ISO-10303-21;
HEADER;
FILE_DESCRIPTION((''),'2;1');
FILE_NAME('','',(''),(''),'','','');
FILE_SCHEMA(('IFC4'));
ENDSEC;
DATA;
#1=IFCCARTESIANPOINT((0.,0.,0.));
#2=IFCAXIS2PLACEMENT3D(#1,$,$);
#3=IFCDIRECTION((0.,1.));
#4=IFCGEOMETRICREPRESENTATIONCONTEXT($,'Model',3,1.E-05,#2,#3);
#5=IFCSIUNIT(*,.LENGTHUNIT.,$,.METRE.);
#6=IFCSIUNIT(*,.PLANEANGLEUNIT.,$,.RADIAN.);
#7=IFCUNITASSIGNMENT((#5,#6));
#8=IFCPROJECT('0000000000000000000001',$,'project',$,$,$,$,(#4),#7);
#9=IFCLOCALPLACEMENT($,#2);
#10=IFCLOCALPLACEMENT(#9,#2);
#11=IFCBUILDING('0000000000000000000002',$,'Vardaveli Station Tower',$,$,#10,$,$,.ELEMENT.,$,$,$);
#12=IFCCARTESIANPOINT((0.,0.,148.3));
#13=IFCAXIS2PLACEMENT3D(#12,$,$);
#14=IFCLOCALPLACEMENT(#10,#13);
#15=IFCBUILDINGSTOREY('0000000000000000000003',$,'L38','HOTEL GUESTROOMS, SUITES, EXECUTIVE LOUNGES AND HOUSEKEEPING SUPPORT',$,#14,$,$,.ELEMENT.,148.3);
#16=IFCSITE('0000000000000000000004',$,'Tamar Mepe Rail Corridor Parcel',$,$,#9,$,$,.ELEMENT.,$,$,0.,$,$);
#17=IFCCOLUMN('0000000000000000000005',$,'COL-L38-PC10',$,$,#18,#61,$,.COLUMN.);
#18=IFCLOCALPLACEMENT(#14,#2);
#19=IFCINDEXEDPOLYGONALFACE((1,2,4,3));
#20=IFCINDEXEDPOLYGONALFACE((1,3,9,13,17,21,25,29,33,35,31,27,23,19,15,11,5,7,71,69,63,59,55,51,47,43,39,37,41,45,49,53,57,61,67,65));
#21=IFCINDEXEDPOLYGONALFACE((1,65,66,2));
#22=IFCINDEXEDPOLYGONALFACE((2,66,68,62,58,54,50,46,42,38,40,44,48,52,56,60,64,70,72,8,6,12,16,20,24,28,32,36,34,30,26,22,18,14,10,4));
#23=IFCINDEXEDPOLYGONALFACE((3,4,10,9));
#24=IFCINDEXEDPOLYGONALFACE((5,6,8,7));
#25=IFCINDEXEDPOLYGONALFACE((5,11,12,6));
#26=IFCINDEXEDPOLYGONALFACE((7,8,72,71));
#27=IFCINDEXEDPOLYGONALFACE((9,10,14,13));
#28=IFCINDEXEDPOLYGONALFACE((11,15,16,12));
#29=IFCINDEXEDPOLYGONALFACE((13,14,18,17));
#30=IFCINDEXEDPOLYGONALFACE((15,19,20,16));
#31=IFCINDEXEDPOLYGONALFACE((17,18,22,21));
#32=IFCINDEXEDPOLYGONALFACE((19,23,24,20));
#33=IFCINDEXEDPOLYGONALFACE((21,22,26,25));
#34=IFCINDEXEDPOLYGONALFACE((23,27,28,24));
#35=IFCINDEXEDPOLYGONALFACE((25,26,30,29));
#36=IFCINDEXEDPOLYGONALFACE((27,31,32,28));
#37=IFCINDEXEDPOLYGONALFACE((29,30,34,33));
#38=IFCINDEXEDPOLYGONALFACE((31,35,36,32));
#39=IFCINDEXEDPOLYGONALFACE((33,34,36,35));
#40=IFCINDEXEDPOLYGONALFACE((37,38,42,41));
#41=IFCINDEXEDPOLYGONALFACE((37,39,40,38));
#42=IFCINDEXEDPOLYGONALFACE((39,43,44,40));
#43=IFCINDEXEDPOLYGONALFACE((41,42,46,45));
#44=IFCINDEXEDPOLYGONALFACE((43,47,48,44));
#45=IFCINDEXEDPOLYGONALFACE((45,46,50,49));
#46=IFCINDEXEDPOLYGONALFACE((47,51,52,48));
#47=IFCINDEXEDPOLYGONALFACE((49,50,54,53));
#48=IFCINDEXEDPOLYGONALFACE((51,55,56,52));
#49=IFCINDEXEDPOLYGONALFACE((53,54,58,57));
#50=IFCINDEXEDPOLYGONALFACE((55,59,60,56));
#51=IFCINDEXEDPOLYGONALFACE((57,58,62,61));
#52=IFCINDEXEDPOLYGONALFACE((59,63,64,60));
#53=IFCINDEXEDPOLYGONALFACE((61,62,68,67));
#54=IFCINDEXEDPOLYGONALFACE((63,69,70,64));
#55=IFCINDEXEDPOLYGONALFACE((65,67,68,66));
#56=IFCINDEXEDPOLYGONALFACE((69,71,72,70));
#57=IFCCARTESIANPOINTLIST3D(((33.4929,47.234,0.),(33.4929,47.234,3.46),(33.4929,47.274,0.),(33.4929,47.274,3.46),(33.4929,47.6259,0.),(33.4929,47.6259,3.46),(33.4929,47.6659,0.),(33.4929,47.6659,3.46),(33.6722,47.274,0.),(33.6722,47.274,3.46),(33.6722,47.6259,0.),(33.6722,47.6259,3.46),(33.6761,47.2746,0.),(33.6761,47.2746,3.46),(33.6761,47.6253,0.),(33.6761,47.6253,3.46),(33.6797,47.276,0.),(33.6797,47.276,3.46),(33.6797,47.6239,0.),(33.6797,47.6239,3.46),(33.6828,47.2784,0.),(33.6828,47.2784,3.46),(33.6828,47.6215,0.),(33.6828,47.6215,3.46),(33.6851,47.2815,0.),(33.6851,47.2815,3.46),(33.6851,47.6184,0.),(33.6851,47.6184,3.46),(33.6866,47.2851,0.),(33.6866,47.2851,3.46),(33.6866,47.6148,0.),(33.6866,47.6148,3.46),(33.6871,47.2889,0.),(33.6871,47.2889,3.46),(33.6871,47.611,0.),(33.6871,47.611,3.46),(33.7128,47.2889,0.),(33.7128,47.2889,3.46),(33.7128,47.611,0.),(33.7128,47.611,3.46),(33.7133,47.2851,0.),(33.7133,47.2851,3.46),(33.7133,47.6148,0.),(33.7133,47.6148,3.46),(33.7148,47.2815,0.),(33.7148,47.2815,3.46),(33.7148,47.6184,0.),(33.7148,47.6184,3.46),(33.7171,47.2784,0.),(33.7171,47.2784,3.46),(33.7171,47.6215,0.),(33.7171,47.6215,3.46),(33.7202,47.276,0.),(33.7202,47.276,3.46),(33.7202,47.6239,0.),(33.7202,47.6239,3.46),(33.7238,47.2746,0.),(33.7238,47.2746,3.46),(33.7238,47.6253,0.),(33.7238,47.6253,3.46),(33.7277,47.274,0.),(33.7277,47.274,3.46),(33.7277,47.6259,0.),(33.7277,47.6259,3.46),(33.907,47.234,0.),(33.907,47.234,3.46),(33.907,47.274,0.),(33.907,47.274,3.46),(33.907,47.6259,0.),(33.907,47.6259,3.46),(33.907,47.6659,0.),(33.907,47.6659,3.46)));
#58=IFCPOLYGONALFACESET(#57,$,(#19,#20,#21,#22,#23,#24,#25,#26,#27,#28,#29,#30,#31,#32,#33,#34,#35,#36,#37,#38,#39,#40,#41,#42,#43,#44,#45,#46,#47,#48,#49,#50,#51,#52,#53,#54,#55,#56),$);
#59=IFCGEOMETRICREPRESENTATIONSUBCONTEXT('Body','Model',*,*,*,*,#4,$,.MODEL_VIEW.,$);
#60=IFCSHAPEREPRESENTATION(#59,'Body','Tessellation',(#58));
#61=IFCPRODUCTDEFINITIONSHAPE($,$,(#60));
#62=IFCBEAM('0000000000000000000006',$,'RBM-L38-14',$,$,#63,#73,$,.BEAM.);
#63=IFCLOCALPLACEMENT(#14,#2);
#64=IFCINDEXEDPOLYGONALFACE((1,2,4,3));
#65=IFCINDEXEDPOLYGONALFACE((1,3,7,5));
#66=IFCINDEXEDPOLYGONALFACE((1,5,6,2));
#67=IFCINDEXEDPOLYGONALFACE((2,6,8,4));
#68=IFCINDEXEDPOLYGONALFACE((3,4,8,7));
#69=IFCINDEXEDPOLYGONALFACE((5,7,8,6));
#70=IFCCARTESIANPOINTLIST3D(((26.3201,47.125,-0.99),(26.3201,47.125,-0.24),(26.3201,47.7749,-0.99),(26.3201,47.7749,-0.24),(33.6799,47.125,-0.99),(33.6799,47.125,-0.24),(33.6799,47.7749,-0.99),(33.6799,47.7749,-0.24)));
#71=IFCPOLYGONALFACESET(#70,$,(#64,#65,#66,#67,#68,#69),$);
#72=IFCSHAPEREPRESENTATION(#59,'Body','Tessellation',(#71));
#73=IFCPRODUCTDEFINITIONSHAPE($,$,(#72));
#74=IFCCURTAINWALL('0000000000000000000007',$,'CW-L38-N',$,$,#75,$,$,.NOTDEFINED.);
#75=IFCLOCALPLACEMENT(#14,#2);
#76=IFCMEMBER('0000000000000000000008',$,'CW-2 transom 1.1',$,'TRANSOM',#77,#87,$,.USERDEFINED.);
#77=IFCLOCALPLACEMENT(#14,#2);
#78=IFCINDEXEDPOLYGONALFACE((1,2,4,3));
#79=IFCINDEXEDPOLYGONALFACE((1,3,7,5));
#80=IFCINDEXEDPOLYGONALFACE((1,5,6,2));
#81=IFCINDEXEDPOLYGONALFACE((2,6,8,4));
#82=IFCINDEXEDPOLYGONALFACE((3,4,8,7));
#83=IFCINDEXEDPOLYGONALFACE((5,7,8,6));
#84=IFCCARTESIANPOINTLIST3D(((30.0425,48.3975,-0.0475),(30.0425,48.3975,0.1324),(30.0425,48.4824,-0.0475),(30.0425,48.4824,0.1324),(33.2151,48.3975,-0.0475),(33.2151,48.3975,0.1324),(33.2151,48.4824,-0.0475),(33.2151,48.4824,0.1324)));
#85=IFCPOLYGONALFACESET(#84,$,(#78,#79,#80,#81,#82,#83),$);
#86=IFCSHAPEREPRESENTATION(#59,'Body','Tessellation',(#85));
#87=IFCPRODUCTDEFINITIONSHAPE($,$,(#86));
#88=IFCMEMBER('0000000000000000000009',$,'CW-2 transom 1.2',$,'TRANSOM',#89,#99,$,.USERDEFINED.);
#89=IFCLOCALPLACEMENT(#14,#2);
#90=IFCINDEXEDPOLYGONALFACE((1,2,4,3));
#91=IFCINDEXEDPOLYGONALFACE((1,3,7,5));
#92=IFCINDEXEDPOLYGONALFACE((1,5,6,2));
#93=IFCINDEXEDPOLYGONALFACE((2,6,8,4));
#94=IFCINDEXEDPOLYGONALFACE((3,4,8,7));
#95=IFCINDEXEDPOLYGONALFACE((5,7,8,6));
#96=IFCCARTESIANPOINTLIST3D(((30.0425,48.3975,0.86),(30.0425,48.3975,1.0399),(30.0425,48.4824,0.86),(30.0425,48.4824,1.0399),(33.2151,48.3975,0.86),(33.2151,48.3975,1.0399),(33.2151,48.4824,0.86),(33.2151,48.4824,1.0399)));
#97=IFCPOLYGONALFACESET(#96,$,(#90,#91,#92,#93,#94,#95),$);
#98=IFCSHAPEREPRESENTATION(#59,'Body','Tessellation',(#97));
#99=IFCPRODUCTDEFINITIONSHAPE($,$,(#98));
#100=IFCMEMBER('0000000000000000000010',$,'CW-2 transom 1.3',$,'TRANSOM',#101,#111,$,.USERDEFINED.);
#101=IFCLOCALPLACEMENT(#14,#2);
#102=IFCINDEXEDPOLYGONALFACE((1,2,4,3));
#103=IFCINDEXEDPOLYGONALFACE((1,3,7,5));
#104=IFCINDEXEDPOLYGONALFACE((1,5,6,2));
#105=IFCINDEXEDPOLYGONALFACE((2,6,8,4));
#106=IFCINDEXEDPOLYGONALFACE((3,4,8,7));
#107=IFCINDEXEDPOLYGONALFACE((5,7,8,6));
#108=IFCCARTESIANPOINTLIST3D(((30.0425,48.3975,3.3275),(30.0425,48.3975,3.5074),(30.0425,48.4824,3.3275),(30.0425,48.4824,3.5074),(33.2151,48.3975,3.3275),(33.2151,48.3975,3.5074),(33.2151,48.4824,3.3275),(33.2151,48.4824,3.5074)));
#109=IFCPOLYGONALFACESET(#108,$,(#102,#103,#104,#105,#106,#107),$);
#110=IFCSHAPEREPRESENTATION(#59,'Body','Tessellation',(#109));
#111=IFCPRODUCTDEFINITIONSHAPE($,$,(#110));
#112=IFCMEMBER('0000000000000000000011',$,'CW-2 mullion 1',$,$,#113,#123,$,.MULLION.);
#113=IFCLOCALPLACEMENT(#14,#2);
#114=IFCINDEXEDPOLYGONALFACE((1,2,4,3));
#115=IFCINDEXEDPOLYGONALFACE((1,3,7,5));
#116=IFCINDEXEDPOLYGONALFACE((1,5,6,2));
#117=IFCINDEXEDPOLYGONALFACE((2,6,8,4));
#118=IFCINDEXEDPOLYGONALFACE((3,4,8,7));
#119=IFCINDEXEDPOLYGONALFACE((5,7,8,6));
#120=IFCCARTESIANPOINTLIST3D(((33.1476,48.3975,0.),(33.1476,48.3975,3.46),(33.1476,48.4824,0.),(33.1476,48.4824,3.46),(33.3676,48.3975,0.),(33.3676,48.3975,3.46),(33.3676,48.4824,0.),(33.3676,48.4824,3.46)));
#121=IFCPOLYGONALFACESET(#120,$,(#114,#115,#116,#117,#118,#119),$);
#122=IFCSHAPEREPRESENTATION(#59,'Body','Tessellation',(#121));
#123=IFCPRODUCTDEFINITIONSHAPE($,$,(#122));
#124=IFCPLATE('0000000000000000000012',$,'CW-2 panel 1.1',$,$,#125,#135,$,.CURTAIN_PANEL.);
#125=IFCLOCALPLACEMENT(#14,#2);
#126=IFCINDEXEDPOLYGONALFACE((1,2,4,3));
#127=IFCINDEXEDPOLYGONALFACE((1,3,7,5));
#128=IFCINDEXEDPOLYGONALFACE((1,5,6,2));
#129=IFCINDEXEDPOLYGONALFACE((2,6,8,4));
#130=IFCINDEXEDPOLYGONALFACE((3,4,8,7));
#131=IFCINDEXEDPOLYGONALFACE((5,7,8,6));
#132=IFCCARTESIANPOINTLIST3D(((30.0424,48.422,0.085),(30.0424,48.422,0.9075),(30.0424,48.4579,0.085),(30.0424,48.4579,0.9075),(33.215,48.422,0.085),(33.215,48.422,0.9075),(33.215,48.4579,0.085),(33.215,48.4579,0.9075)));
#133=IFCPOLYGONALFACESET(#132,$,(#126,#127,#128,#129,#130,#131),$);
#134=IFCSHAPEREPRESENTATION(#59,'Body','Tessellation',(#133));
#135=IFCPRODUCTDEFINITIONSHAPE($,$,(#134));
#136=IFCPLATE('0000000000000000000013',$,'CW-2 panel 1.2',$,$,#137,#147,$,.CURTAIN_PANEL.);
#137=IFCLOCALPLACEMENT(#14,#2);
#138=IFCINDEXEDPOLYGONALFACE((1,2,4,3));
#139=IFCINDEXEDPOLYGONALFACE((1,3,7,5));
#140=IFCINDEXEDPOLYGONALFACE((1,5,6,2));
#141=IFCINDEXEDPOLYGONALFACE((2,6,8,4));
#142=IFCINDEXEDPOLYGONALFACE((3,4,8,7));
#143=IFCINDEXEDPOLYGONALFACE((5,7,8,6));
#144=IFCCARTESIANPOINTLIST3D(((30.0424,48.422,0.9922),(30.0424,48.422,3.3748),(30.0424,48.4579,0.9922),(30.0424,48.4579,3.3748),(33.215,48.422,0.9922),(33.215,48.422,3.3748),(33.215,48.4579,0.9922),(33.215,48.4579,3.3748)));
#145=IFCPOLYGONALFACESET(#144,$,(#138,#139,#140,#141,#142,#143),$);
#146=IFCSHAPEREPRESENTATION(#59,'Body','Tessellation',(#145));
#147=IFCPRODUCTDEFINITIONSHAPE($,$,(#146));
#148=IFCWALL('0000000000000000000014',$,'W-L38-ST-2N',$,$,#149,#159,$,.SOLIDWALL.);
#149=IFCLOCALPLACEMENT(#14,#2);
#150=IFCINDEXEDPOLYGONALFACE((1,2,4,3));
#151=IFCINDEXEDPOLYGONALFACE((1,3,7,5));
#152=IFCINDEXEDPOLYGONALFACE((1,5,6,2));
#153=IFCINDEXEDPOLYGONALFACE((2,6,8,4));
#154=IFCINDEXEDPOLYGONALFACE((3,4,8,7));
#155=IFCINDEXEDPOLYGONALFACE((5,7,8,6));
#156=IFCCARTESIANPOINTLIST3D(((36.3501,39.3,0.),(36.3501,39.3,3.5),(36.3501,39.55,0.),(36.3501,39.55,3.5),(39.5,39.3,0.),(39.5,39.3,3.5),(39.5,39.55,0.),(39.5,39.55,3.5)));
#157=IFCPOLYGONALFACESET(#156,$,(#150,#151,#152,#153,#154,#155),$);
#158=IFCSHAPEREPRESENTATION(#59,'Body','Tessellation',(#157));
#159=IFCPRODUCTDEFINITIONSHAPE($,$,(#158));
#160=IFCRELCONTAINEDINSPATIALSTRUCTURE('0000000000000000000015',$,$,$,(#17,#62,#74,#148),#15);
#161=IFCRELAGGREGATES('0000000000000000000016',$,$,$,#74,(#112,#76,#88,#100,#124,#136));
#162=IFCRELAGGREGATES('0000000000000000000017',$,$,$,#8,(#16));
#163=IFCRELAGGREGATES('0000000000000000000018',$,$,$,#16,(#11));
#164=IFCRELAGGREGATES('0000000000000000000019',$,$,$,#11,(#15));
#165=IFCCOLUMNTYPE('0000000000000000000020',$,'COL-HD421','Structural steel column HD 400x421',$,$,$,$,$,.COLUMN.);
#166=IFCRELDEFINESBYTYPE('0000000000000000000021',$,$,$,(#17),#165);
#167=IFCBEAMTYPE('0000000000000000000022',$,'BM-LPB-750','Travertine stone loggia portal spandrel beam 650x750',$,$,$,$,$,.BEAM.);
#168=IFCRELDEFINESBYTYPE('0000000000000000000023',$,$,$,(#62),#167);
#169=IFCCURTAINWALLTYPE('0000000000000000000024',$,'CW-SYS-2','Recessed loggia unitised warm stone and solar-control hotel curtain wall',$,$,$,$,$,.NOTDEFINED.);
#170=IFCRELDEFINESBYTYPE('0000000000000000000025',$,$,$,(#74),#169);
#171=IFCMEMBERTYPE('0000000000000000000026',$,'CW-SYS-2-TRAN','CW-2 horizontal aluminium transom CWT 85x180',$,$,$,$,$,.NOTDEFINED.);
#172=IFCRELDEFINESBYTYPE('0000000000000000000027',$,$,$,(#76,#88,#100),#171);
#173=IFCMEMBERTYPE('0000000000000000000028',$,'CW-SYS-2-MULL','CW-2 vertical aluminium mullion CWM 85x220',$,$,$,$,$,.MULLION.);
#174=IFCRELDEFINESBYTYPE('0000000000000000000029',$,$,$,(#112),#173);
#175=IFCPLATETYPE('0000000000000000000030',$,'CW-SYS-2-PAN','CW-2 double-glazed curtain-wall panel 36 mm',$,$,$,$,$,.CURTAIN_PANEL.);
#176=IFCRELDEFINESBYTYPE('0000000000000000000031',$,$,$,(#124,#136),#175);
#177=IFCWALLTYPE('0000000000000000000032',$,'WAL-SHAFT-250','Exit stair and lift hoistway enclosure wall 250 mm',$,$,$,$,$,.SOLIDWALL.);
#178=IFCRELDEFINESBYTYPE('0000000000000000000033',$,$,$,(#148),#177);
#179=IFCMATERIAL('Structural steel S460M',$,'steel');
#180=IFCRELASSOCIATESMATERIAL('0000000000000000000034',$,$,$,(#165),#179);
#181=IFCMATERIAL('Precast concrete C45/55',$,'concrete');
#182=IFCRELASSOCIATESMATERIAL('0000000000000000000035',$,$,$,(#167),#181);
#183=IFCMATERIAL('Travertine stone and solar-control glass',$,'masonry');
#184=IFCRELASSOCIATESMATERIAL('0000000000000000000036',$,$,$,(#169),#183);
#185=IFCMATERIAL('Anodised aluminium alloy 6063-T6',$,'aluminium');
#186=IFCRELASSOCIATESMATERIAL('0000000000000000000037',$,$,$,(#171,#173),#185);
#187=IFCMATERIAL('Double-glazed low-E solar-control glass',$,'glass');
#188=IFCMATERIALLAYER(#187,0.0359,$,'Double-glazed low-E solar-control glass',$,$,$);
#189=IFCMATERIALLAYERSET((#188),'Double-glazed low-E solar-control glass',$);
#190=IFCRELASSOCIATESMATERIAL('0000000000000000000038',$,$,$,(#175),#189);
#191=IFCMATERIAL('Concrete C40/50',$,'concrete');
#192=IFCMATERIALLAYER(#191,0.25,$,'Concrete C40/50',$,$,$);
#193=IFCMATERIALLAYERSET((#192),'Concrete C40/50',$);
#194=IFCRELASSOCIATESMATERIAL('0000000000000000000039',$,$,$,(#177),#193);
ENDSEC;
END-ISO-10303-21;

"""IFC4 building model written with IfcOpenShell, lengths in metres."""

from ifc_helpers import new_model, si_unit, direction, frame, frame_2d, origin, origin_2d, place, context, subcontext, project, spatial, rectangle, i_section, extrude, source, transform, mapped, material, layer, layer_set, material_profile, profile_set, type_object, element, aggregate, save


model = new_model("IFC4")

# Units and contexts
model_context = context("Model", 3, precision=1e-05, world=origin(), true_north=direction((0.0, 1.0)))
body_context = subcontext(model_context, "Body", "Model", "MODEL_VIEW")
ifc_project = project(units=[si_unit("LENGTHUNIT", "METRE"), si_unit("PLANEANGLEUNIT", "RADIAN")], contexts=[model_context])

# Site, building, storey
site_placement = place(None, origin())
site = spatial("IfcSite", under=ifc_project, at=site_placement, Name="Tamar Mepe Rail Corridor Parcel", CompositionType="ELEMENT", RefElevation=0.0)
building_placement = place(site_placement, origin())
building = spatial("IfcBuilding", under=site, at=building_placement, Name="Vardaveli Station Tower", CompositionType="ELEMENT")
storey_placement = place(building_placement, frame((0.0, 0.0, 148.3)))
storey = spatial("IfcBuildingStorey", under=building, at=storey_placement, Name="L38", Description="HOTEL GUESTROOMS, SUITES, EXECUTIVE LOUNGES AND HOUSEKEEPING SUPPORT", CompositionType="ELEMENT", Elevation=148.3)

# Column
ifc_material_1 = material(Name="Structural steel S460M", Category="steel")
ifc_material_profile_1 = material_profile(ifc_material_1, i_section(OverallWidth=0.4141, OverallDepth=0.4319, WebThickness=0.0256, FlangeThickness=0.04, FilletRadius=0.0149, at=origin_2d()), Name="HD 400x421")
ifc_profile_set_1 = profile_set([ifc_material_profile_1], Name="Structural steel S460M")
column_type = type_object("IfcColumnType", Name="COL-HD421", Description="Structural steel column HD 400x421", PredefinedType="COLUMN", material=ifc_profile_set_1)
shared_shape_1 = source(origin(), body_context, "Body", "SweptSolid", [
    extrude(i_section(OverallWidth=0.4141, OverallDepth=0.4319, WebThickness=0.0256, FlangeThickness=0.04, FilletRadius=0.0149, at=origin_2d()), origin(), (0.0, 0.0, 1.0), 3.46),
])
column_placement = place(storey_placement, frame((33.7, 47.45, 0.0), z_axis=(0.0, 0.0, 1.0), x_axis=(1.0, 0.0, 0.0)))
element("IfcColumn", 1, at=column_placement, inside=storey, type_object=column_type, Name="COL-L38-PC10", PredefinedType="COLUMN", context=body_context, shape_type="MappedRepresentation", body=[
    mapped(shared_shape_1, transform((0.0, 0.0, 0.0), scale=1.0)),
])

# Beam
ifc_material_2 = material(Name="Precast concrete C45/55", Category="concrete")
ifc_material_profile_2 = material_profile(ifc_material_2, rectangle(XDim=0.6499, YDim=0.75, at=origin_2d()), Name="LPB 650x750")
ifc_profile_set_2 = profile_set([ifc_material_profile_2], Name="Precast concrete C45/55")
beam_type = type_object("IfcBeamType", Name="BM-LPB-750", Description="Travertine stone loggia portal spandrel beam 650x750", PredefinedType="BEAM", material=ifc_profile_set_2)
shared_shape_2 = source(origin(), body_context, "Body", "SweptSolid", [
    extrude(rectangle(XDim=0.6499, YDim=0.75, at=origin_2d()), origin(), (0.0, 0.0, 1.0), 7.3599),
])
beam_placement = place(storey_placement, frame((33.6799, 47.45, -0.615), z_axis=(-1.0, 0.0, 0.0), x_axis=(0.0, -1.0, 0.0)))
element("IfcBeam", 2, at=beam_placement, inside=storey, type_object=beam_type, Name="RBM-L38-14", PredefinedType="BEAM", context=body_context, shape_type="MappedRepresentation", body=[
    mapped(shared_shape_2, transform((0.0, 0.0, 0.0), scale=1.0)),
])

# Curtain wall, members, plates
ifc_material_3 = material(Name="Travertine stone and solar-control glass", Category="masonry")
curtain_wall_type = type_object("IfcCurtainWallType", Name="CW-SYS-2", Description="Recessed loggia unitised warm stone and solar-control hotel curtain wall", PredefinedType="NOTDEFINED", material=ifc_material_3)
curtain_wall_placement = place(storey_placement, origin())
curtain_wall = element("IfcCurtainWall", 3, at=curtain_wall_placement, inside=storey, type_object=curtain_wall_type, Name="CW-L38-N", PredefinedType="NOTDEFINED")
ifc_material_4 = material(Name="Anodised aluminium alloy 6063-T6", Category="aluminium")
ifc_material_profile_3 = material_profile(ifc_material_4, rectangle(XDim=0.085, YDim=0.1799, at=origin_2d()), Name="CWT 85x180")
ifc_profile_set_3 = profile_set([ifc_material_profile_3], Name="Anodised aluminium alloy 6063-T6")
member_type_1 = type_object("IfcMemberType", Name="CW-SYS-2-TRAN", Description="CW-2 horizontal aluminium transom CWT 85x180", PredefinedType="NOTDEFINED", material=ifc_profile_set_3)
shared_shape_3 = source(origin(), body_context, "Body", "SweptSolid", [
    extrude(rectangle(XDim=0.085, YDim=0.1799, at=origin_2d()), origin(), (0.0, 0.0, 1.0), 3.1726),
])
member_1_placement = place(storey_placement, frame((33.2151, 48.4399, 0.0425), z_axis=(-1.0, 0.0, 0.0), x_axis=(0.0, -1.0, 0.0)))
member_1 = element("IfcMember", 4, at=member_1_placement, type_object=member_type_1, Name="CW-2 transom 1.1", ObjectType="TRANSOM", PredefinedType="USERDEFINED", context=body_context, shape_type="MappedRepresentation", body=[
    mapped(shared_shape_3, transform((0.0, 0.0, 0.0), scale=1.0)),
])
member_2_placement = place(storey_placement, frame((33.2151, 48.4399, 0.95), z_axis=(-1.0, 0.0, 0.0), x_axis=(0.0, -1.0, 0.0)))
member_2 = element("IfcMember", 5, at=member_2_placement, type_object=member_type_1, Name="CW-2 transom 1.2", ObjectType="TRANSOM", PredefinedType="USERDEFINED", context=body_context, shape_type="MappedRepresentation", body=[
    mapped(shared_shape_3, transform((0.0, 0.0, 0.0), scale=1.0)),
])
member_3_placement = place(storey_placement, frame((33.2151, 48.4399, 3.4175), z_axis=(-1.0, 0.0, 0.0), x_axis=(0.0, -1.0, 0.0)))
member_3 = element("IfcMember", 6, at=member_3_placement, type_object=member_type_1, Name="CW-2 transom 1.3", ObjectType="TRANSOM", PredefinedType="USERDEFINED", context=body_context, shape_type="MappedRepresentation", body=[
    mapped(shared_shape_3, transform((0.0, 0.0, 0.0), scale=1.0)),
])
ifc_material_profile_4 = material_profile(ifc_material_4, rectangle(XDim=0.085, YDim=0.22, at=origin_2d()), Name="CWM 85x220")
ifc_profile_set_4 = profile_set([ifc_material_profile_4], Name="Anodised aluminium alloy 6063-T6")
member_type_2 = type_object("IfcMemberType", Name="CW-SYS-2-MULL", Description="CW-2 vertical aluminium mullion CWM 85x220", PredefinedType="MULLION", material=ifc_profile_set_4)
shared_shape_4 = source(origin(), body_context, "Body", "SweptSolid", [
    extrude(rectangle(XDim=0.085, YDim=0.22, at=origin_2d()), origin(), (0.0, 0.0, 1.0), 3.46),
])
member_4_placement = place(storey_placement, frame((33.2576, 48.4399, 0.0), z_axis=(0.0, 0.0, 1.0), x_axis=(0.0, -1.0, 0.0)))
member_4 = element("IfcMember", 7, at=member_4_placement, type_object=member_type_2, Name="CW-2 mullion 1", PredefinedType="MULLION", context=body_context, shape_type="MappedRepresentation", body=[
    mapped(shared_shape_4, transform((0.0, 0.0, 0.0), scale=1.0)),
])
ifc_material_5 = material(Name="Double-glazed low-E solar-control glass", Category="glass")
ifc_layer_1 = layer(ifc_material_5, 0.0359, Name="Double-glazed low-E solar-control glass")
ifc_layer_set_1 = layer_set([ifc_layer_1], Name="Double-glazed low-E solar-control glass")
plate_type = type_object("IfcPlateType", Name="CW-SYS-2-PAN", Description="CW-2 double-glazed curtain-wall panel 36 mm", PredefinedType="CURTAIN_PANEL", material=ifc_layer_set_1)
shared_shape_5 = source(origin(), body_context, "Body", "SweptSolid", [
    extrude(rectangle(XDim=3.1726, YDim=0.0359, at=origin_2d()), origin(), (0.0, 0.0, 1.0), 0.8225),
])
plate_1_placement = place(storey_placement, frame((31.6287, 48.4399, 0.085), z_axis=(0.0, 0.0, 1.0), x_axis=(-1.0, 0.0, 0.0)))
plate_1 = element("IfcPlate", 8, at=plate_1_placement, type_object=plate_type, Name="CW-2 panel 1.1", PredefinedType="CURTAIN_PANEL", context=body_context, shape_type="MappedRepresentation", body=[
    mapped(shared_shape_5, transform((0.0, 0.0, 0.0), scale=1.0)),
])
shared_shape_6 = source(origin(), body_context, "Body", "SweptSolid", [
    extrude(rectangle(XDim=3.1726, YDim=0.0359, at=origin_2d()), origin(), (0.0, 0.0, 1.0), 2.3826),
])
plate_2_placement = place(storey_placement, frame((31.6287, 48.4399, 0.9922), z_axis=(0.0, 0.0, 1.0), x_axis=(-1.0, 0.0, 0.0)))
plate_2 = element("IfcPlate", 9, at=plate_2_placement, type_object=plate_type, Name="CW-2 panel 1.2", PredefinedType="CURTAIN_PANEL", context=body_context, shape_type="MappedRepresentation", body=[
    mapped(shared_shape_6, transform((0.0, 0.0, 0.0), scale=1.0)),
])
aggregate(curtain_wall, [member_4, member_1, member_2, member_3, plate_1, plate_2])

# Wall
ifc_material_6 = material(Name="Concrete C40/50", Category="concrete")
ifc_layer_2 = layer(ifc_material_6, 0.25, Name="Concrete C40/50")
ifc_layer_set_2 = layer_set([ifc_layer_2], Name="Concrete C40/50")
wall_type = type_object("IfcWallType", Name="WAL-SHAFT-250", Description="Exit stair and lift hoistway enclosure wall 250 mm", PredefinedType="SOLIDWALL", material=ifc_layer_set_2)
shared_shape_7 = source(origin(), body_context, "Body", "SweptSolid", [
    extrude(rectangle(XDim=3.1499, YDim=0.25, at=frame_2d((1.575, 0.0))), origin(), (0.0, 0.0, 1.0), 3.5),
])
wall_1_placement = place(storey_placement, frame((36.3501, 39.425, 0.0), z_axis=(0.0, 0.0, 1.0), x_axis=(1.0, 0.0, 0.0)))
element("IfcWall", 10, at=wall_1_placement, inside=storey, type_object=wall_type, Name="W-L38-ST-2N", PredefinedType="SOLIDWALL", context=body_context, shape_type="MappedRepresentation", body=[
    mapped(shared_shape_7, transform((0.0, 0.0, 0.0), scale=1.0)),
])

save(model, "model.ifc")
